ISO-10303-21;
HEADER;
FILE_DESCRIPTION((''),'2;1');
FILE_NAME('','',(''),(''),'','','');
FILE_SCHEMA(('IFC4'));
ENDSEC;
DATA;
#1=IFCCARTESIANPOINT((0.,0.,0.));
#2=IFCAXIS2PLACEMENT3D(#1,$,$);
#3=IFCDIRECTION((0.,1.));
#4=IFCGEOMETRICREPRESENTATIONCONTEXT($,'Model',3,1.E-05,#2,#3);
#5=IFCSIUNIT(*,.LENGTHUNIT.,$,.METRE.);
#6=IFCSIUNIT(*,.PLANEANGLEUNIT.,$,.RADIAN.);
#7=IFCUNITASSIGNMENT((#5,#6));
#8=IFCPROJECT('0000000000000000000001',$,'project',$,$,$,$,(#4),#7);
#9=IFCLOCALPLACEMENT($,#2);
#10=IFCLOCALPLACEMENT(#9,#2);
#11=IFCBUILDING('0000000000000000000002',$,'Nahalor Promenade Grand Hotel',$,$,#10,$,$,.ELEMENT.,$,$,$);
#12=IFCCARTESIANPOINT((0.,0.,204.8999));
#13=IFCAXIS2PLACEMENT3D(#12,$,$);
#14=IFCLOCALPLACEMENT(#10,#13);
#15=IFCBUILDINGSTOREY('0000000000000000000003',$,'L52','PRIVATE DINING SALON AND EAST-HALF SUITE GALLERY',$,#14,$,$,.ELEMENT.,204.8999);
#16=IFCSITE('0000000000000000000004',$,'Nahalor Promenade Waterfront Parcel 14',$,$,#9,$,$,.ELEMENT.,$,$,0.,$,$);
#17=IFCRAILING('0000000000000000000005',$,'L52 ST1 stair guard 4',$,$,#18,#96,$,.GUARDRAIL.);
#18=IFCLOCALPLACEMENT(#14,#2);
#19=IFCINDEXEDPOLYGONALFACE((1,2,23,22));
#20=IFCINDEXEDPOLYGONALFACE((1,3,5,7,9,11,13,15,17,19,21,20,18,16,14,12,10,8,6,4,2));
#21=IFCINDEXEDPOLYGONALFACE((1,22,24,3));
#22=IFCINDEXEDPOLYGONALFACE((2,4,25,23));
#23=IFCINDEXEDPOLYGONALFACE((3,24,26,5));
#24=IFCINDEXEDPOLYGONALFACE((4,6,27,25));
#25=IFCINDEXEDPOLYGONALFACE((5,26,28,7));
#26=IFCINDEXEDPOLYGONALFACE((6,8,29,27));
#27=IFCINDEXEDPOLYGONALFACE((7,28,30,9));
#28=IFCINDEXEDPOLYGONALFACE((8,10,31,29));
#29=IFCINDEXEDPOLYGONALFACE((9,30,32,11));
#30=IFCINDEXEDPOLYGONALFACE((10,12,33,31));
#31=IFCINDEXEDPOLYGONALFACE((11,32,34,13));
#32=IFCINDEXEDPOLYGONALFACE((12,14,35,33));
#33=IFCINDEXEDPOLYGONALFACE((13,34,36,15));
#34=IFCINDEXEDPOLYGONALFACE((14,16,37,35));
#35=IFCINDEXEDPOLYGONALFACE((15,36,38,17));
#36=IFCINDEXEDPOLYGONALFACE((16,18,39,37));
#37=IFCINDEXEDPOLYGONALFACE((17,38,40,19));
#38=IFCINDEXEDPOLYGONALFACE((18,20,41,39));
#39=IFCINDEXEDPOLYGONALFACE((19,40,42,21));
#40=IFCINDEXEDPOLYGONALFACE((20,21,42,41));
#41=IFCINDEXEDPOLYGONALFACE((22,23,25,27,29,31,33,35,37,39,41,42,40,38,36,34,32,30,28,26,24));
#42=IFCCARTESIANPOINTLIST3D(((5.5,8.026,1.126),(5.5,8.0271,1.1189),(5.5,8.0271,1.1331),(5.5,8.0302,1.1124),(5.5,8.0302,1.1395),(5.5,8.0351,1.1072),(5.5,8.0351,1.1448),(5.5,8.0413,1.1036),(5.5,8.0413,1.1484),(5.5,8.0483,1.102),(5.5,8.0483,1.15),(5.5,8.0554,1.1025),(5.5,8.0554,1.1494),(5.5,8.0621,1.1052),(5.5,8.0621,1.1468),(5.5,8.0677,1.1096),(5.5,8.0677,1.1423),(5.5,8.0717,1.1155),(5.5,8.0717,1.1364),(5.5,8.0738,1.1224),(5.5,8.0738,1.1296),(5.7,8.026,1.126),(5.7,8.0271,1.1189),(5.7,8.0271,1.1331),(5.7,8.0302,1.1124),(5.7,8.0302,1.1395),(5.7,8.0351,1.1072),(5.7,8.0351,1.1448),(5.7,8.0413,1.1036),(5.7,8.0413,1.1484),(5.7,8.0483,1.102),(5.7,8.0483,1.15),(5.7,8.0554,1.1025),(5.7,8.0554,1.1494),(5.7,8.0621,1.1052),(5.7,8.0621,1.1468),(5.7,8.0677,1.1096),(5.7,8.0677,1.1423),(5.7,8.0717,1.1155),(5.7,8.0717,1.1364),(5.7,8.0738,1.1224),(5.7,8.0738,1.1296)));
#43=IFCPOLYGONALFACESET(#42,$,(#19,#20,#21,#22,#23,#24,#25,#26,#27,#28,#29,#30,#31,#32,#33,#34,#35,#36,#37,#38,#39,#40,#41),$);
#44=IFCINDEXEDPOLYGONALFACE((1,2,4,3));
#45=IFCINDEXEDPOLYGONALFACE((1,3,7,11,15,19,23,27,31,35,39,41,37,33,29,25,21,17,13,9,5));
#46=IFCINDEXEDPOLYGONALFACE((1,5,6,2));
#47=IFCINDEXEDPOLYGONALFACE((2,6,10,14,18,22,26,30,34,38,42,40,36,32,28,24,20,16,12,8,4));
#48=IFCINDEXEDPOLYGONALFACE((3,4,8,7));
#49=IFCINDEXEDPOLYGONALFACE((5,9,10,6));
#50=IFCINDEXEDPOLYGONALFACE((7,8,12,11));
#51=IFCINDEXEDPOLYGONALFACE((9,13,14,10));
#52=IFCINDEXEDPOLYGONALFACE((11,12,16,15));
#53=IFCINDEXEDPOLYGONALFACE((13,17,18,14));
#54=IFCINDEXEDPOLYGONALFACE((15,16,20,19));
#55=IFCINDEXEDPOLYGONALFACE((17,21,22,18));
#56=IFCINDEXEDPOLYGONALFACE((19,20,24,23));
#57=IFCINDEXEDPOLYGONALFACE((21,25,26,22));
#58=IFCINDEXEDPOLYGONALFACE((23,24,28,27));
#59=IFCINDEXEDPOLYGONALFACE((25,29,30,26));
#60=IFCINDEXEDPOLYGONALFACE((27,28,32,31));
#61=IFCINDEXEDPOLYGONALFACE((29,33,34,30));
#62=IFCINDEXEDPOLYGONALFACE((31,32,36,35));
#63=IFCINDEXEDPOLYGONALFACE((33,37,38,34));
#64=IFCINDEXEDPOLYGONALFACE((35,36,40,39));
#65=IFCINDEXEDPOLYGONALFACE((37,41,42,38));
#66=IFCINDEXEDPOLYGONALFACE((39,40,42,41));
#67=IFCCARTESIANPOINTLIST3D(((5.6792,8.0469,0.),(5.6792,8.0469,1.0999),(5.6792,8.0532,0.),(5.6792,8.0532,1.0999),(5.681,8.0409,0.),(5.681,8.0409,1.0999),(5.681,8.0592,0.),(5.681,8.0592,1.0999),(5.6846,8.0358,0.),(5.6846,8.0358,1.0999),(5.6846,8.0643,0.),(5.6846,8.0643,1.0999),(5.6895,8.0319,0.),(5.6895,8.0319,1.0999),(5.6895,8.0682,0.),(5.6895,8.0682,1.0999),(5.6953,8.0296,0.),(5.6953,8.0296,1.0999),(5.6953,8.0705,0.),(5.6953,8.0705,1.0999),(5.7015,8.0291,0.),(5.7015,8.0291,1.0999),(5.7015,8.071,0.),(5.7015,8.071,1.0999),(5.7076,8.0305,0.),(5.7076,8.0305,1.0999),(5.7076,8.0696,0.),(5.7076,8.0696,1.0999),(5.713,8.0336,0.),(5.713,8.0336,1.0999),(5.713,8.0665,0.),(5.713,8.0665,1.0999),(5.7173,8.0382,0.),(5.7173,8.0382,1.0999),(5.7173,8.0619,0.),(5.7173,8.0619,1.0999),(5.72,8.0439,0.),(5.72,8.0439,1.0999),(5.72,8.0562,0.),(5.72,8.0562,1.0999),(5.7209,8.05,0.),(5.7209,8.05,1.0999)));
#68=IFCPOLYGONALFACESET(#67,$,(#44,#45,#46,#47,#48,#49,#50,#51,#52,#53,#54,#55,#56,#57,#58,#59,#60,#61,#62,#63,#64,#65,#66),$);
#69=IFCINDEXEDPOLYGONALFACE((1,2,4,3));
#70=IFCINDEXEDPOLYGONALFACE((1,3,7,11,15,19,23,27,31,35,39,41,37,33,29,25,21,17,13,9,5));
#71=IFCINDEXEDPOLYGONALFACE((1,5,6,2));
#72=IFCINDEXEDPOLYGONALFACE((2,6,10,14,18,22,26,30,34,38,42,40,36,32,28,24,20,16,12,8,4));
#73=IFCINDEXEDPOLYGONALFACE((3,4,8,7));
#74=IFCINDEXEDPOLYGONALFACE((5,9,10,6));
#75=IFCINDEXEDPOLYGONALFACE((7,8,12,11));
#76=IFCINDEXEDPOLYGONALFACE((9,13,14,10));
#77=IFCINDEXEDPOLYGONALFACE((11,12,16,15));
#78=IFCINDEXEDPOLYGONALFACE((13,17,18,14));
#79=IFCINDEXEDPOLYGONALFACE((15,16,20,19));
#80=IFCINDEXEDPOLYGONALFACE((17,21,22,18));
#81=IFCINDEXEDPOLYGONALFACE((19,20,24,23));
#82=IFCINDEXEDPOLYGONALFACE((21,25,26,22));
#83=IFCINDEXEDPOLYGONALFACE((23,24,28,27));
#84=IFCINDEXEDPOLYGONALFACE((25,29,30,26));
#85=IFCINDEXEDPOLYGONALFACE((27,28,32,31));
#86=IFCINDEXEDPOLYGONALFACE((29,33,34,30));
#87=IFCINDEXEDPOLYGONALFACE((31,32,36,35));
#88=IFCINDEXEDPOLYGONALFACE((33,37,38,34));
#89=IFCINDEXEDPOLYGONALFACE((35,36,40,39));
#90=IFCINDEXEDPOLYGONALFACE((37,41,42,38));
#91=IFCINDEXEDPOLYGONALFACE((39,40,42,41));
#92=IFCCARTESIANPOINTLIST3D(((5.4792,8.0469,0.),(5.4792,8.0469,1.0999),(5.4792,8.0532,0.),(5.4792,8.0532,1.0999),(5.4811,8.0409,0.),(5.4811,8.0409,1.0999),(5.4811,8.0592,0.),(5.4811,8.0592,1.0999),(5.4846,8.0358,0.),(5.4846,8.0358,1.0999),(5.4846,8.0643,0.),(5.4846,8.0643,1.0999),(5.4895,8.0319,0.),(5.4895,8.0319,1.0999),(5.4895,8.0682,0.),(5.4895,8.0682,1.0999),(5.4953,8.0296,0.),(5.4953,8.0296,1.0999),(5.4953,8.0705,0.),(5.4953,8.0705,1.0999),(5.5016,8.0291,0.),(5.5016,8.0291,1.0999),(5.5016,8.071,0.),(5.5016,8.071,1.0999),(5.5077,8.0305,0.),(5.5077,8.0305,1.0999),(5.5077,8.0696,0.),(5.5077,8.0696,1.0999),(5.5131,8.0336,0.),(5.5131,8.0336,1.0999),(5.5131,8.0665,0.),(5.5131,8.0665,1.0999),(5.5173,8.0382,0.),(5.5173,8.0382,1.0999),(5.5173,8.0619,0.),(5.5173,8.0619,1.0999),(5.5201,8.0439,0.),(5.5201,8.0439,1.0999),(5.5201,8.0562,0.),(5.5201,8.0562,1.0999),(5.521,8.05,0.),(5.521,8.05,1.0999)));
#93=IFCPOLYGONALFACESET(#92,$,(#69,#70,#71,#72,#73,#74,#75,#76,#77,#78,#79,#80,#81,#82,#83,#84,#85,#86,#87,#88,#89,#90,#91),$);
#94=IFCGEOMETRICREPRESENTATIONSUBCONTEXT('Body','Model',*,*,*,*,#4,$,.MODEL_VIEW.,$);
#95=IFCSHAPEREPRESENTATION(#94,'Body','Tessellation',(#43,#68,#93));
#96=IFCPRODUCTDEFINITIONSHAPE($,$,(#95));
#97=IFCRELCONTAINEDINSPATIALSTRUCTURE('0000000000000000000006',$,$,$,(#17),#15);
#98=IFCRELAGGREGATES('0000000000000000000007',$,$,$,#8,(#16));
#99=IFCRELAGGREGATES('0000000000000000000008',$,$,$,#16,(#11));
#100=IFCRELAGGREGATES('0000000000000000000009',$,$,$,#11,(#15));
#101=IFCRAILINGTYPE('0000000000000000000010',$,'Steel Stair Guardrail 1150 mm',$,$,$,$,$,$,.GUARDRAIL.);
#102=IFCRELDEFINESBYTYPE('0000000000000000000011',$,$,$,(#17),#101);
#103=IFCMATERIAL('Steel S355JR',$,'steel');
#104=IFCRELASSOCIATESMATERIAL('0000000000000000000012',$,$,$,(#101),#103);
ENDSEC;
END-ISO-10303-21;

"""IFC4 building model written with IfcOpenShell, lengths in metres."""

from ifc_helpers import new_model, si_unit, direction, frame, origin, origin_2d, place, context, subcontext, project, spatial, circle, extrude, material, type_object, element, save


model = new_model("IFC4")

# Units and contexts
model_context = context("Model", 3, precision=1e-05, world=origin(), true_north=direction((0.0, 1.0)))
body_context = subcontext(model_context, "Body", "Model", "MODEL_VIEW")
ifc_project = project(units=[si_unit("LENGTHUNIT", "METRE"), si_unit("PLANEANGLEUNIT", "RADIAN")], contexts=[model_context])

# Site, building, storey
site_placement = place(None, origin())
site = spatial("IfcSite", under=ifc_project, at=site_placement, Name="Nahalor Promenade Waterfront Parcel 14", CompositionType="ELEMENT", RefElevation=0.0)
building_placement = place(site_placement, origin())
building = spatial("IfcBuilding", under=site, at=building_placement, Name="Nahalor Promenade Grand Hotel", CompositionType="ELEMENT")
storey_placement = place(building_placement, frame((0.0, 0.0, 204.8999)))
storey = spatial("IfcBuildingStorey", under=building, at=storey_placement, Name="L52", Description="PRIVATE DINING SALON AND EAST-HALF SUITE GALLERY", CompositionType="ELEMENT", Elevation=204.8999)

# Shared definitions
ifc_material_1 = material(Name="Steel S355JR", Category="steel")

# Railing
railing_type_1 = type_object("IfcRailingType", Name="Steel Stair Guardrail 1150 mm", PredefinedType="GUARDRAIL", material=ifc_material_1)
railing_1_placement = place(storey_placement, frame((5.7, 8.05, 0.0)))
element("IfcRailing", 1, at=railing_1_placement, inside=storey, type_object=railing_type_1, Name="L52 ST1 stair guard 4", PredefinedType="GUARDRAIL", context=body_context, shape_type="SweptSolid", body=[
    extrude(circle(Radius=0.024, at=origin_2d()), frame((0.0, 0.0, 1.126), z_axis=(-1.0, 0.0, 0.0), x_axis=(0.0, -1.0, 0.0)), (0.0, 0.0, 1.0), 0.2),
    extrude(circle(Radius=0.021, at=origin_2d()), origin(), (0.0, 0.0, 1.0), 1.0999),
    extrude(circle(Radius=0.021, at=origin_2d()), frame((-0.2, 0.0, 0.0)), (0.0, 0.0, 1.0), 1.0999),
])

save(model, "model.ifc")
